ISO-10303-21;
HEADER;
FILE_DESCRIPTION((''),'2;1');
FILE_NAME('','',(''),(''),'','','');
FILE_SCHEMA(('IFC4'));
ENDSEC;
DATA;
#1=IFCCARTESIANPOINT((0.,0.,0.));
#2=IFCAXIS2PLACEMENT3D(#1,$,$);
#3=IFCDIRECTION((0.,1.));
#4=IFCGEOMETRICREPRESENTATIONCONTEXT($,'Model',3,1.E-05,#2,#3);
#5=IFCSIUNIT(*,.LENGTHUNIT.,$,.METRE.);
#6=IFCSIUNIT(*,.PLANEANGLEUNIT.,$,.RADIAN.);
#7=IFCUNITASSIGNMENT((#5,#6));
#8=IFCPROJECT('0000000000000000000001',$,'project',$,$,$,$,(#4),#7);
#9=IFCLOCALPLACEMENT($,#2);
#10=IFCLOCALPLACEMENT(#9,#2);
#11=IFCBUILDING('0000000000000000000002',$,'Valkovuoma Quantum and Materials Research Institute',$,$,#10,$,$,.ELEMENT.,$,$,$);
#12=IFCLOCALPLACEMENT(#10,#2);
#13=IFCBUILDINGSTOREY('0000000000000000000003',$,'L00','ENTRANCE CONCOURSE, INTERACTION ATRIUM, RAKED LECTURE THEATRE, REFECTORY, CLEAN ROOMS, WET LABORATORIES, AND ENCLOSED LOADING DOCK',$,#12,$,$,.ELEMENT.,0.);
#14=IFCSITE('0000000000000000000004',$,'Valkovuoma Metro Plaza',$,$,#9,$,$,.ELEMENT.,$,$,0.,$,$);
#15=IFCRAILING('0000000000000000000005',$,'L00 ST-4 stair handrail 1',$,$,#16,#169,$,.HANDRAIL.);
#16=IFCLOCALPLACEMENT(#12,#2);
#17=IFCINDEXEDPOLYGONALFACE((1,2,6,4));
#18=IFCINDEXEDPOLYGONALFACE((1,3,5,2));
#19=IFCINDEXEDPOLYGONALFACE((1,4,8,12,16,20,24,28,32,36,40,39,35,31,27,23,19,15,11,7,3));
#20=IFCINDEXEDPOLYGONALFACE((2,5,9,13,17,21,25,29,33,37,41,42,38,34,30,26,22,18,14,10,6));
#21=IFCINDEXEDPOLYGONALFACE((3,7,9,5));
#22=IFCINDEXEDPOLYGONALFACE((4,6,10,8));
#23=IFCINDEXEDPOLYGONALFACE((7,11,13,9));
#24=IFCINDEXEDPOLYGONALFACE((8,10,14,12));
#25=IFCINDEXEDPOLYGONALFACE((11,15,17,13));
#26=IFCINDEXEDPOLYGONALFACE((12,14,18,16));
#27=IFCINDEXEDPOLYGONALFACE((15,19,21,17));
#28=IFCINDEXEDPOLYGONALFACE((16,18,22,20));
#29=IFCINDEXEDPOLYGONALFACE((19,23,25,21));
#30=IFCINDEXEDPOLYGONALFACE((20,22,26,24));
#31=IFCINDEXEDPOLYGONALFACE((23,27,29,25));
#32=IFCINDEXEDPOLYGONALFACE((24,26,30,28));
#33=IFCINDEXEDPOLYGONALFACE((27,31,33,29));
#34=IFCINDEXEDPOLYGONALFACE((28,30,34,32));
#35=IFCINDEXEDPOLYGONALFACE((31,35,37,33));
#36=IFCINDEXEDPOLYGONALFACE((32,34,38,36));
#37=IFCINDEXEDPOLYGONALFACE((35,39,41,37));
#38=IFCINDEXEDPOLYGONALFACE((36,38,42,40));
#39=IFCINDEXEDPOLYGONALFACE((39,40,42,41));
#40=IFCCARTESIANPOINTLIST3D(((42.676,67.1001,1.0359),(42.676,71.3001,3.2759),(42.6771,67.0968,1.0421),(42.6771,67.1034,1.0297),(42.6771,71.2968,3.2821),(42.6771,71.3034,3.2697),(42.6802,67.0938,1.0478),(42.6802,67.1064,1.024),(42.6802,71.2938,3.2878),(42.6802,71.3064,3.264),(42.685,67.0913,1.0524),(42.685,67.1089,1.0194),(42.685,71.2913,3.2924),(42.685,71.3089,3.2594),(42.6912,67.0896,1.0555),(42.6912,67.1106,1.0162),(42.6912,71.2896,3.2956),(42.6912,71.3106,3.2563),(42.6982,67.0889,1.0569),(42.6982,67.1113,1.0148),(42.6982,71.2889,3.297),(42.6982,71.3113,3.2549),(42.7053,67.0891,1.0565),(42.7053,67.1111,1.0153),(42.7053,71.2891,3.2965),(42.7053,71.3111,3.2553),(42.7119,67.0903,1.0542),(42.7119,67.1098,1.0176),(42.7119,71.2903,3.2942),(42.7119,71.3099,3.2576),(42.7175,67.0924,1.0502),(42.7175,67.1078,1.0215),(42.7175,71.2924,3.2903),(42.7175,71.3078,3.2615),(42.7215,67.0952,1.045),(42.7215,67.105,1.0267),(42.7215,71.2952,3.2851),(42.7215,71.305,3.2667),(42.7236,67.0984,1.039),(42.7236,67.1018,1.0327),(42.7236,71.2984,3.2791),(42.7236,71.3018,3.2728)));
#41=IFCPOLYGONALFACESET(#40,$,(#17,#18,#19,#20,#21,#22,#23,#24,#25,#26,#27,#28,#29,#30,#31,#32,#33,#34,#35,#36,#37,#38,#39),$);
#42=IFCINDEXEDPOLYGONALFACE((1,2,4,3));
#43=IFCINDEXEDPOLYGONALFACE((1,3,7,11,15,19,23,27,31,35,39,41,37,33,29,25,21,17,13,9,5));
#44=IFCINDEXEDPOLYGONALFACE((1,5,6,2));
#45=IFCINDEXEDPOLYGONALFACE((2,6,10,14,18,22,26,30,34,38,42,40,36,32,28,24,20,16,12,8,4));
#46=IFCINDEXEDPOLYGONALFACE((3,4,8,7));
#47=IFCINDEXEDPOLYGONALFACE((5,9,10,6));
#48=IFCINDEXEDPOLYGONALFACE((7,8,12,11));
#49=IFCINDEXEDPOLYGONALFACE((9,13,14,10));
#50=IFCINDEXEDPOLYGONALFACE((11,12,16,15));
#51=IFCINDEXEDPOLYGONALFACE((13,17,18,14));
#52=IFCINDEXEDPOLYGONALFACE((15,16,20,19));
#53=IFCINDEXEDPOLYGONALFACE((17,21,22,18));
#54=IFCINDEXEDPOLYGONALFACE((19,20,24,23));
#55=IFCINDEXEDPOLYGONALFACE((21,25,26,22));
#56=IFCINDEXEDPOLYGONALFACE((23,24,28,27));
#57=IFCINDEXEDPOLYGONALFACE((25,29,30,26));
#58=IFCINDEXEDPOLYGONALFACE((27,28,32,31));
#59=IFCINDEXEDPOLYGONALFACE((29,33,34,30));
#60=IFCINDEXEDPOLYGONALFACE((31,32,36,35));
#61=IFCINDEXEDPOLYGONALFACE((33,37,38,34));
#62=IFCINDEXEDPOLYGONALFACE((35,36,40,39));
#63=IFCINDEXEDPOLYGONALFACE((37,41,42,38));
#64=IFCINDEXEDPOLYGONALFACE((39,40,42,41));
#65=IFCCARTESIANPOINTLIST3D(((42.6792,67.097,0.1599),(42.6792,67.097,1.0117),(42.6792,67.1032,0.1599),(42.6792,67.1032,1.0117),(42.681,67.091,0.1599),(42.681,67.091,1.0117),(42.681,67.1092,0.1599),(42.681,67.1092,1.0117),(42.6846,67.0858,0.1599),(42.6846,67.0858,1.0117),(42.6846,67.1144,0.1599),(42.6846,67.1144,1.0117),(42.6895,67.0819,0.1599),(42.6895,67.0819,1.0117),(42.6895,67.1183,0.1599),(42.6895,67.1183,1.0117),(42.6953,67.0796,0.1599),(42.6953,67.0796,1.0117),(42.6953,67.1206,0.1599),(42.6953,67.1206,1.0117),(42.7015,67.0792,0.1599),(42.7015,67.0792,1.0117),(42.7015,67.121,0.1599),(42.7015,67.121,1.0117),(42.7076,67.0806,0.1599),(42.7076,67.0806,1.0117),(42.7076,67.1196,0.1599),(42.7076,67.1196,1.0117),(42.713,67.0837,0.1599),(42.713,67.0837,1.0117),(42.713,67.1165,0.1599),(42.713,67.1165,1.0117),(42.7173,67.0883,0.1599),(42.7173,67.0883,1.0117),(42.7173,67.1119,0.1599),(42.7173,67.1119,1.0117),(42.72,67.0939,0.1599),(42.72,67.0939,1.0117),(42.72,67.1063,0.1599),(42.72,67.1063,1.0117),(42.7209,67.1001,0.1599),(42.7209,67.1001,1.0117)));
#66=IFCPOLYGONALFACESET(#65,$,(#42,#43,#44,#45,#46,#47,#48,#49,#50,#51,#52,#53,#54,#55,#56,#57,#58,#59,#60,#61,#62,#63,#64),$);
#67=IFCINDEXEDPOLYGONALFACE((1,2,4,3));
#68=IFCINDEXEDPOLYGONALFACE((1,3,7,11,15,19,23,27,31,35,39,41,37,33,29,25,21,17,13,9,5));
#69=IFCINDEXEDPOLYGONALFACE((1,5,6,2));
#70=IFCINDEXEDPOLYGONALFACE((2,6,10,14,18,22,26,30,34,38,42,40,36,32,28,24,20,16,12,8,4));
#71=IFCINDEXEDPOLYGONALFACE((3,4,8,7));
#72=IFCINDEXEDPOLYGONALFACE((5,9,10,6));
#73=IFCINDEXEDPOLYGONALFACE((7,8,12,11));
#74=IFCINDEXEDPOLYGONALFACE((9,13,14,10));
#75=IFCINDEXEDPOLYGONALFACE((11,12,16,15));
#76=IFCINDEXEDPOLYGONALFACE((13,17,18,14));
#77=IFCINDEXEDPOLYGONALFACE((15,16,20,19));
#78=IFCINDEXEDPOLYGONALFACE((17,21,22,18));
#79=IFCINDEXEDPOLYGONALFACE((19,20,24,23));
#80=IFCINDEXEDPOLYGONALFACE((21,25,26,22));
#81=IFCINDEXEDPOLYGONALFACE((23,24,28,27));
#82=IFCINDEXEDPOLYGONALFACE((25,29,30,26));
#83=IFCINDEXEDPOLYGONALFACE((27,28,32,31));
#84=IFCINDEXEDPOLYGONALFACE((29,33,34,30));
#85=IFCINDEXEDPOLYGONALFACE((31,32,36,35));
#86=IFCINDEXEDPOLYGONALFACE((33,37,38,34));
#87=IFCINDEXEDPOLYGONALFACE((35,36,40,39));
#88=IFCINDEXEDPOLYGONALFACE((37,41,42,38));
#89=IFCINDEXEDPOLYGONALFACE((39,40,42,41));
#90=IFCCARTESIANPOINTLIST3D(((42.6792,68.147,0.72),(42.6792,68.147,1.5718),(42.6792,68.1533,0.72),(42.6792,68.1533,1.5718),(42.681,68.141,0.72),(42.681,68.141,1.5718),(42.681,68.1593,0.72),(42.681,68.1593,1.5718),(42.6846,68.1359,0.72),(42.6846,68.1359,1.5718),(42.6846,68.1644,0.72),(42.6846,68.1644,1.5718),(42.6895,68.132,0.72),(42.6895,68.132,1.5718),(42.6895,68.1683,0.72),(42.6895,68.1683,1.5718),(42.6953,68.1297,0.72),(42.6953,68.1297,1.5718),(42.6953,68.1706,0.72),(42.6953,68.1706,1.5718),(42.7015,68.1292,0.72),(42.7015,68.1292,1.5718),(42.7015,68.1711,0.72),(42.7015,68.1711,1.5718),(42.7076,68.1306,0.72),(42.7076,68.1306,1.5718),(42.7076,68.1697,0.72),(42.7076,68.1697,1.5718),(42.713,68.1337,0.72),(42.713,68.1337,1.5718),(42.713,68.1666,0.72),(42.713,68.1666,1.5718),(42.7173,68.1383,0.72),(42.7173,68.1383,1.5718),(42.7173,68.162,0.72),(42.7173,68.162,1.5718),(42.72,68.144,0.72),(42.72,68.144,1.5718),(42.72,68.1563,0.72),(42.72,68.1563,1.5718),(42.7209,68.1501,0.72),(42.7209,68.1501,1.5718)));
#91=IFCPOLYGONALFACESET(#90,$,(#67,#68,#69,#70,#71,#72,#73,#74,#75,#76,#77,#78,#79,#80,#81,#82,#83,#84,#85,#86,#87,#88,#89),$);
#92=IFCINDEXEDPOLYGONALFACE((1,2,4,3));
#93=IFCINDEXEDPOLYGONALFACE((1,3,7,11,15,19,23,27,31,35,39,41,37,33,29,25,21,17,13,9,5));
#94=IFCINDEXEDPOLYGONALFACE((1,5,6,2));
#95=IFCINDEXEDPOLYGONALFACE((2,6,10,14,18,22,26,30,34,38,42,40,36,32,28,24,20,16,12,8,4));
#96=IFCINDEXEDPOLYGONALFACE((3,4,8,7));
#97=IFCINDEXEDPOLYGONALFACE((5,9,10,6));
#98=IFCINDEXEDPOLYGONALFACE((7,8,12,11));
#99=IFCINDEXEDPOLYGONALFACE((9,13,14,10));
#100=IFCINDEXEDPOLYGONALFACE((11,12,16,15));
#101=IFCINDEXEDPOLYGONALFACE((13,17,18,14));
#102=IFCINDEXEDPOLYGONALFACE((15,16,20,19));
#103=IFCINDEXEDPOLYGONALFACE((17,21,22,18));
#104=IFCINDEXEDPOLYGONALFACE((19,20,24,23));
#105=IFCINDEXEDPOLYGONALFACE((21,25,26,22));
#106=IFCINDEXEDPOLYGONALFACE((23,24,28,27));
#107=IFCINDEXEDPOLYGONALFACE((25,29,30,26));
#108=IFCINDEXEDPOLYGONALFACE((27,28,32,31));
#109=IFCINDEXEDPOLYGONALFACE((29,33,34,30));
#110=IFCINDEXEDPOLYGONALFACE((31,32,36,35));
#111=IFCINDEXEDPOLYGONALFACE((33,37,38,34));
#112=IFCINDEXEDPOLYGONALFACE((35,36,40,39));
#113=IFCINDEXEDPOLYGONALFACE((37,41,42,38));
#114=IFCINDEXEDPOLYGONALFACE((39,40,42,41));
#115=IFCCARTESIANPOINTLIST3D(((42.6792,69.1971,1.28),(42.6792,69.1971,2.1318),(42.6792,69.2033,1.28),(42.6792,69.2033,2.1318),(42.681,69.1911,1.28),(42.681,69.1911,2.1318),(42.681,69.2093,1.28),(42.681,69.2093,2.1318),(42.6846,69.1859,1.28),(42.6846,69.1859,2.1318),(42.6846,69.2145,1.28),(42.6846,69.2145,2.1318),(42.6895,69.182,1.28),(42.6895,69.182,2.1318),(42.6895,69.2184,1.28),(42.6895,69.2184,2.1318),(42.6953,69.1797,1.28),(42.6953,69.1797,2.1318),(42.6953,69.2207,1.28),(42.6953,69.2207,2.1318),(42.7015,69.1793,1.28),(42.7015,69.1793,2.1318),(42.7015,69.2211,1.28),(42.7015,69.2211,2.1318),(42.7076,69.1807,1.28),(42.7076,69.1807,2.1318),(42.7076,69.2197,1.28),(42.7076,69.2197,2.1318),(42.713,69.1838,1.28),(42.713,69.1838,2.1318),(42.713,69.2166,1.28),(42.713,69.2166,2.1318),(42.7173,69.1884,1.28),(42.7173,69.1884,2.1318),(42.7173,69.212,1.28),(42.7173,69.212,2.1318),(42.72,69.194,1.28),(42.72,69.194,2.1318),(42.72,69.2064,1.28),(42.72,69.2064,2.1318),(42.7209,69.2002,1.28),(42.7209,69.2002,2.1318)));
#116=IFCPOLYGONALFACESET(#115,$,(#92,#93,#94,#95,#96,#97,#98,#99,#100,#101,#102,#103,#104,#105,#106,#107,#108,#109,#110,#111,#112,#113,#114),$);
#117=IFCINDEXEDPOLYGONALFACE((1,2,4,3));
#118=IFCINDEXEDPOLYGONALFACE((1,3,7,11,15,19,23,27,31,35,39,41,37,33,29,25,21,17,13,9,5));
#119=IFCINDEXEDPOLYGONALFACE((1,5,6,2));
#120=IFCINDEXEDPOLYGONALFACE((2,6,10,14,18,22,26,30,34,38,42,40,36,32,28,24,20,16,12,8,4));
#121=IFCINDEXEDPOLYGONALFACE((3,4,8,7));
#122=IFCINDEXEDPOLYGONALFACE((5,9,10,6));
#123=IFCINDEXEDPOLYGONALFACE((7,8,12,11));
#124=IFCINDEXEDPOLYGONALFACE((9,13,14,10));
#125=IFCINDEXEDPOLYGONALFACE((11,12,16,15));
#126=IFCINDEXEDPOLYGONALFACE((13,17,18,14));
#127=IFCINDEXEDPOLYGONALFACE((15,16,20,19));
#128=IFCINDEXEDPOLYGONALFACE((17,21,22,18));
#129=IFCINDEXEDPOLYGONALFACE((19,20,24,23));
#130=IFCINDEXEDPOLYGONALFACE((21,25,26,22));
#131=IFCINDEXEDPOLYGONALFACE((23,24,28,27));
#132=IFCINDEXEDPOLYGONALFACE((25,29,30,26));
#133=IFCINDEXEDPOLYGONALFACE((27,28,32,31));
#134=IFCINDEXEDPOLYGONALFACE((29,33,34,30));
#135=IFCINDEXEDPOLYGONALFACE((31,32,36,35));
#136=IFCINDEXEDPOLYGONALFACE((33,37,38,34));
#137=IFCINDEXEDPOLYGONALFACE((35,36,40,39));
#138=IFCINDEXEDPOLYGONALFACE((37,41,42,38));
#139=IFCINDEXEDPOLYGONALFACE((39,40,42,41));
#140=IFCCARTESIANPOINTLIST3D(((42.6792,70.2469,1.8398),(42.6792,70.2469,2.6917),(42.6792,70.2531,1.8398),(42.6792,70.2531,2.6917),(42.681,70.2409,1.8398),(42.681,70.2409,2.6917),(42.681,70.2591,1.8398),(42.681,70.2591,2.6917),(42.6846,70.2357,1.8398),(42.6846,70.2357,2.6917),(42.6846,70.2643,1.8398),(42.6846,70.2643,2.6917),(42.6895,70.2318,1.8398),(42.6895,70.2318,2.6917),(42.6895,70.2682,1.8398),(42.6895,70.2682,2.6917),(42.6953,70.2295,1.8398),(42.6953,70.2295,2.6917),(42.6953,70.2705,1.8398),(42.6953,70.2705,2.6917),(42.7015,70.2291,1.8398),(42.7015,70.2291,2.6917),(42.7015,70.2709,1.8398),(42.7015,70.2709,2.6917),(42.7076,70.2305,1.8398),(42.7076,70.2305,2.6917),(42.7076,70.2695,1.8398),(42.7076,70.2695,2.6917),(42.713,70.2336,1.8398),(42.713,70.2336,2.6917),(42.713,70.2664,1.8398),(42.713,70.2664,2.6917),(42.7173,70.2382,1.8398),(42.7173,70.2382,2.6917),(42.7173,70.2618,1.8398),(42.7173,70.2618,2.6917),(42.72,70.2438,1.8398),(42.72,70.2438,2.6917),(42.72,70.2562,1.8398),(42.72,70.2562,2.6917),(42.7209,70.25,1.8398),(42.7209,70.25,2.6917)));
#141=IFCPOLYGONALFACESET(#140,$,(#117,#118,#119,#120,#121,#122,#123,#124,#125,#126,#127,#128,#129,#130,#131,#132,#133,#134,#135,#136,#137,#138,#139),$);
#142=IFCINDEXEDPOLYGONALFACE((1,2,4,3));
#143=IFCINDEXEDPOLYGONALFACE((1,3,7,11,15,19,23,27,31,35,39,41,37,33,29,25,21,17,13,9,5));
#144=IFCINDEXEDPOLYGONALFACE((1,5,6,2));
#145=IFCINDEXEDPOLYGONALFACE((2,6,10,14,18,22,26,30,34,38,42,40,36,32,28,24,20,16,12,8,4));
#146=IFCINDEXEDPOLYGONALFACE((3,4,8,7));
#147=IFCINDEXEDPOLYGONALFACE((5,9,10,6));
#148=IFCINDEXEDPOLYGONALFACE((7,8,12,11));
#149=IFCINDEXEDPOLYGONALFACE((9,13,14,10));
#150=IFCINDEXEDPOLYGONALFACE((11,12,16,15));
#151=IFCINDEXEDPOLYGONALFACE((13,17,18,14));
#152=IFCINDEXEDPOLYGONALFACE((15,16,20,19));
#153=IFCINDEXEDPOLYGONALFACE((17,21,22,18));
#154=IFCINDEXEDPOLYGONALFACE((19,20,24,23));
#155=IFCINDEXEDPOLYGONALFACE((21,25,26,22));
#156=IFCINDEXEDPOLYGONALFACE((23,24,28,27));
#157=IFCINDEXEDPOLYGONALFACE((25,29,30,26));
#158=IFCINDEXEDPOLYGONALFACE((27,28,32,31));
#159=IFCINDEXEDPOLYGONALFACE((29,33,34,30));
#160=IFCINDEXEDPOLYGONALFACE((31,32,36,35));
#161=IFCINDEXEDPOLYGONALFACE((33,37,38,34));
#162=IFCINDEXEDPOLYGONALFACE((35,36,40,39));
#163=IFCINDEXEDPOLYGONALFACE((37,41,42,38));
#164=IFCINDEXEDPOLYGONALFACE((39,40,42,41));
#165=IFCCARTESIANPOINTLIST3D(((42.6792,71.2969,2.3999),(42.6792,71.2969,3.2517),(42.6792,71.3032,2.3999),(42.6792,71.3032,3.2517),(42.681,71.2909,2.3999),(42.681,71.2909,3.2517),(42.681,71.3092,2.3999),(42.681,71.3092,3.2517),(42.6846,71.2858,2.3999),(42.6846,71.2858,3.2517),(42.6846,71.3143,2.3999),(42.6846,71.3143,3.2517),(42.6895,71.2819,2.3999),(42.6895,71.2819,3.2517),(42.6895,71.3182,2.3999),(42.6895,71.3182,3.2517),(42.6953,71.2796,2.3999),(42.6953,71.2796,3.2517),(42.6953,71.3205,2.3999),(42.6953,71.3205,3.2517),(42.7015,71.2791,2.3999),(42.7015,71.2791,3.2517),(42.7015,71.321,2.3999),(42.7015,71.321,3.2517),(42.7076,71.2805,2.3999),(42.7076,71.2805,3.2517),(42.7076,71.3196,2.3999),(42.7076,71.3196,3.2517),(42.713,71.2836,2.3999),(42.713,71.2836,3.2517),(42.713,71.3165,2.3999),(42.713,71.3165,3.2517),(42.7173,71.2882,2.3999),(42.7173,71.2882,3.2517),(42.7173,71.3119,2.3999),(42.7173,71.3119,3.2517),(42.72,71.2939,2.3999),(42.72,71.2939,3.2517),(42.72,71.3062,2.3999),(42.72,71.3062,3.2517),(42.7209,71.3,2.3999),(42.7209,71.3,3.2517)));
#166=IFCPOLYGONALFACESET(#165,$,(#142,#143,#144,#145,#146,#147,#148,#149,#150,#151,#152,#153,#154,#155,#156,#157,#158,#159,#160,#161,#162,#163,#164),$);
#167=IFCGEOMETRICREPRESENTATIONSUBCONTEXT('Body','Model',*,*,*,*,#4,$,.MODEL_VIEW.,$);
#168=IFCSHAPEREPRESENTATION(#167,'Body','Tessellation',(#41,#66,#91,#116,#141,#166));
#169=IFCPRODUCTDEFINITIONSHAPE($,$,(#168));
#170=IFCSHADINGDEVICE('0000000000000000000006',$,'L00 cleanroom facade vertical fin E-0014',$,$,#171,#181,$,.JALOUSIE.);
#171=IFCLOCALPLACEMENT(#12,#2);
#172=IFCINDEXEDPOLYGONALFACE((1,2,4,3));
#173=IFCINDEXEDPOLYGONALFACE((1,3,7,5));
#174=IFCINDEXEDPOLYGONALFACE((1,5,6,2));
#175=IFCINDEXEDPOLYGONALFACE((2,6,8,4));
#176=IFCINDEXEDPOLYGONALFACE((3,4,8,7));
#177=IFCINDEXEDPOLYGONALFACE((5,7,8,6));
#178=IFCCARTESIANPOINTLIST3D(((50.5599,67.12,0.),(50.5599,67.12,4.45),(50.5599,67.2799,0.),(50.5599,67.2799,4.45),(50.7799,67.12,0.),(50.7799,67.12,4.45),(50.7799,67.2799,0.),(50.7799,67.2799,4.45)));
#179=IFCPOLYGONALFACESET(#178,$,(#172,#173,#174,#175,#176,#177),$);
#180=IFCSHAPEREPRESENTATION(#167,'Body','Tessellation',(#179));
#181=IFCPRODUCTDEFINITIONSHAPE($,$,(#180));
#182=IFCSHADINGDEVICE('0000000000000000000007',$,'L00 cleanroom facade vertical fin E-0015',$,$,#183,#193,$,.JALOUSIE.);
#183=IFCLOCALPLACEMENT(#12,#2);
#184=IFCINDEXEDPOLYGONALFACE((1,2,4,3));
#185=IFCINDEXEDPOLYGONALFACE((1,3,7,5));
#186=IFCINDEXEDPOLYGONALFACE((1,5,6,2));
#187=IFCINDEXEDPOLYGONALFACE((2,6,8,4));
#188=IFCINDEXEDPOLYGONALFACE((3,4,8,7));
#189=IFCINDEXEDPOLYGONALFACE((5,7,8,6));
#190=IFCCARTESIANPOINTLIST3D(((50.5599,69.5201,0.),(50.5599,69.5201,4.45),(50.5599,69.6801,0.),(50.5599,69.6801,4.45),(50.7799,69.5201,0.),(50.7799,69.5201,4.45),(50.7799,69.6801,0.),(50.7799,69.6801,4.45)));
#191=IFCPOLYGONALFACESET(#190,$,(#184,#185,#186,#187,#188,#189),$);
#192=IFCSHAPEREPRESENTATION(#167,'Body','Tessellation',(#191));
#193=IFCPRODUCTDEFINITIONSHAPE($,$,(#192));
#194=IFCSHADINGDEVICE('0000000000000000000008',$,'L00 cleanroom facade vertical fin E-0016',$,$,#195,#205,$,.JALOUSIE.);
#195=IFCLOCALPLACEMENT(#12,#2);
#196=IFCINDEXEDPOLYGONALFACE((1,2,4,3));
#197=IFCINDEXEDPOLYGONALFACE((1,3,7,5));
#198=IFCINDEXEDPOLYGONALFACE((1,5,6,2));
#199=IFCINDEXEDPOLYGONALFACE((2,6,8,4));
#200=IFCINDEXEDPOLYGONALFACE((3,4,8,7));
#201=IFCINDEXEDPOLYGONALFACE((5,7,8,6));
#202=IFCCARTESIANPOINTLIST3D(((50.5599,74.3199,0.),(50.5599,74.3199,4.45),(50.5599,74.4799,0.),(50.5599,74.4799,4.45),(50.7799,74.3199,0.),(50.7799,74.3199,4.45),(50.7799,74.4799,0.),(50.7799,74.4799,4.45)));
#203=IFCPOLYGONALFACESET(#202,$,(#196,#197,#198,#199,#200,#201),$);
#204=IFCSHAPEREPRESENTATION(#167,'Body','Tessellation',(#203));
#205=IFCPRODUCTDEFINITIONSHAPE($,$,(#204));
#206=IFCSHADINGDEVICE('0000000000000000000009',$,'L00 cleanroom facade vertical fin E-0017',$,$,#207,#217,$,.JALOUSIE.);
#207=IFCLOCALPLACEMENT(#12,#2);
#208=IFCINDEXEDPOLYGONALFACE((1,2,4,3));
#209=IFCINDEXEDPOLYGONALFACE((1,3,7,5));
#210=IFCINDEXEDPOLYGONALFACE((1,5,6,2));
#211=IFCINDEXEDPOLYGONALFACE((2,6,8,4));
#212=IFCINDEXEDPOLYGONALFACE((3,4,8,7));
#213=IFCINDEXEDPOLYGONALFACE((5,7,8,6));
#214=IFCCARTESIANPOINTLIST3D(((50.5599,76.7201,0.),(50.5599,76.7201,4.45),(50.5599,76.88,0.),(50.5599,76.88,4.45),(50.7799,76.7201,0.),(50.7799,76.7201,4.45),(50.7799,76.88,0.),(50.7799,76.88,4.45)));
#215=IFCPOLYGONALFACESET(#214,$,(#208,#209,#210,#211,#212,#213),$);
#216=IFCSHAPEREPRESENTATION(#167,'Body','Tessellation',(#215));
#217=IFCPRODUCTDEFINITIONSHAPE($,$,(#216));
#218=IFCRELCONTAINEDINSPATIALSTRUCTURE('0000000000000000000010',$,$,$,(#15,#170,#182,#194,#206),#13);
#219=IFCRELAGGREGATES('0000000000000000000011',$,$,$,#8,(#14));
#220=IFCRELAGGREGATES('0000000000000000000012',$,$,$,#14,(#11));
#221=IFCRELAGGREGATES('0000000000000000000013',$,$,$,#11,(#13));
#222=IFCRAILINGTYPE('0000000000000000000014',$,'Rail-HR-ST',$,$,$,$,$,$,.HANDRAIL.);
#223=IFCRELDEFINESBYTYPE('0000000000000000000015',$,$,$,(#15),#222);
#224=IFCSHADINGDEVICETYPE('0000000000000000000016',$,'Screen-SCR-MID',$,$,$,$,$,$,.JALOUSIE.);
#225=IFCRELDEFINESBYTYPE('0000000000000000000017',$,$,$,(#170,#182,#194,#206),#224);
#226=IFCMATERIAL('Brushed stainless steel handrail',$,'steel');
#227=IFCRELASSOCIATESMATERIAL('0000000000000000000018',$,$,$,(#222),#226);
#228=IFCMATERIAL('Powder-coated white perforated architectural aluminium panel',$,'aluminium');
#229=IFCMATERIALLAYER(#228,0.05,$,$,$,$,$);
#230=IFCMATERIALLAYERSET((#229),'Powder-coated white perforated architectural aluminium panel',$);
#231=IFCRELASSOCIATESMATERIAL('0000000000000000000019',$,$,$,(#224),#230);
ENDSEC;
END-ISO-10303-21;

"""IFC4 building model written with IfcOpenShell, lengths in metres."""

from ifc_helpers import new_model, si_unit, direction, frame, origin, origin_2d, place, context, subcontext, project, spatial, rectangle, circle, extrude, material, layer, layer_set, type_object, element, save


model = new_model("IFC4")

# Units and contexts
model_context = context("Model", 3, precision=1e-05, world=origin(), true_north=direction((0.0, 1.0)))
body_context = subcontext(model_context, "Body", "Model", "MODEL_VIEW")
ifc_project = project(units=[si_unit("LENGTHUNIT", "METRE"), si_unit("PLANEANGLEUNIT", "RADIAN")], contexts=[model_context])

# Site, building, storey
site_placement = place(None, origin())
site = spatial("IfcSite", under=ifc_project, at=site_placement, Name="Valkovuoma Metro Plaza", CompositionType="ELEMENT", RefElevation=0.0)
building_placement = place(site_placement, origin())
building = spatial("IfcBuilding", under=site, at=building_placement, Name="Valkovuoma Quantum and Materials Research Institute", CompositionType="ELEMENT")
storey_placement = place(building_placement, origin())
storey = spatial("IfcBuildingStorey", under=building, at=storey_placement, Name="L00", Description="ENTRANCE CONCOURSE, INTERACTION ATRIUM, RAKED LECTURE THEATRE, REFECTORY, CLEAN ROOMS, WET LABORATORIES, AND ENCLOSED LOADING DOCK", CompositionType="ELEMENT", Elevation=0.0)

# Railing
ifc_material_1 = material(Name="Brushed stainless steel handrail", Category="steel")
railing_type = type_object("IfcRailingType", Name="Rail-HR-ST", PredefinedType="HANDRAIL", material=ifc_material_1)
railing_placement = place(storey_placement, frame((42.7, 67.1001, 0.1599)))
element("IfcRailing", 1, at=railing_placement, inside=storey, type_object=railing_type, Name="L00 ST-4 stair handrail 1", PredefinedType="HANDRAIL", context=body_context, shape_type="SweptSolid", body=[
    extrude(circle(Radius=0.0239, at=origin_2d()), frame((0.0, 0.0, 0.876), z_axis=(0.0, 0.882352, 0.470591), x_axis=(-1.0, 0.0, 0.0)), (0.0, 0.0, 1.0), 4.76),
    extrude(circle(Radius=0.021, at=origin_2d()), origin(), (0.0, 0.0, 1.0), 0.8518),
    extrude(circle(Radius=0.021, at=origin_2d()), frame((0.0, 1.05, 0.5601)), (0.0, 0.0, 1.0), 0.8518),
    extrude(circle(Radius=0.021, at=origin_2d()), frame((0.0, 2.1001, 1.1201)), (0.0, 0.0, 1.0), 0.8518),
    extrude(circle(Radius=0.021, at=origin_2d()), frame((0.0, 3.1499, 1.6799)), (0.0, 0.0, 1.0), 0.8518),
    extrude(circle(Radius=0.021, at=origin_2d()), frame((0.0, 4.2, 2.24)), (0.0, 0.0, 1.0), 0.8518),
])

# Shading devices
ifc_material_2 = material(Name="Powder-coated white perforated architectural aluminium panel", Category="aluminium")
ifc_layer_1 = layer(ifc_material_2, 0.05)
ifc_layer_set_1 = layer_set([ifc_layer_1], Name="Powder-coated white perforated architectural aluminium panel")
shading_device_type = type_object("IfcShadingDeviceType", Name="Screen-SCR-MID", PredefinedType="JALOUSIE", material=ifc_layer_set_1)
for number, where, z_axis, x_axis, name in (
    (2, (50.6699, 67.2, 0.0), (0.0, 0.0, 1.0), (1.0, 0.0, 0.0), "L00 cleanroom facade vertical fin E-0014"),
    (3, (50.6699, 69.6001, 0.0), (0.0, 0.0, 1.0), (1.0, 0.0, 0.0), "L00 cleanroom facade vertical fin E-0015"),
    (4, (50.6699, 74.3999, 0.0), (0.0, 0.0, 1.0), (1.0, 0.0, 0.0), "L00 cleanroom facade vertical fin E-0016"),
    (5, (50.6699, 76.8, 0.0), (0.0, 0.0, 1.0), (1.0, 0.0, 0.0), "L00 cleanroom facade vertical fin E-0017"),
):
    element("IfcShadingDevice", number, at=place(storey_placement, frame(where, z_axis=z_axis, x_axis=x_axis)), inside=storey, type_object=shading_device_type, Name=name, PredefinedType="JALOUSIE", context=body_context, shape_type="SweptSolid", body=[
        extrude(rectangle(XDim=0.22, YDim=0.1599, at=origin_2d()), origin(), (0.0, 0.0, 1.0), 4.45),
    ])

save(model, "model.ifc")
